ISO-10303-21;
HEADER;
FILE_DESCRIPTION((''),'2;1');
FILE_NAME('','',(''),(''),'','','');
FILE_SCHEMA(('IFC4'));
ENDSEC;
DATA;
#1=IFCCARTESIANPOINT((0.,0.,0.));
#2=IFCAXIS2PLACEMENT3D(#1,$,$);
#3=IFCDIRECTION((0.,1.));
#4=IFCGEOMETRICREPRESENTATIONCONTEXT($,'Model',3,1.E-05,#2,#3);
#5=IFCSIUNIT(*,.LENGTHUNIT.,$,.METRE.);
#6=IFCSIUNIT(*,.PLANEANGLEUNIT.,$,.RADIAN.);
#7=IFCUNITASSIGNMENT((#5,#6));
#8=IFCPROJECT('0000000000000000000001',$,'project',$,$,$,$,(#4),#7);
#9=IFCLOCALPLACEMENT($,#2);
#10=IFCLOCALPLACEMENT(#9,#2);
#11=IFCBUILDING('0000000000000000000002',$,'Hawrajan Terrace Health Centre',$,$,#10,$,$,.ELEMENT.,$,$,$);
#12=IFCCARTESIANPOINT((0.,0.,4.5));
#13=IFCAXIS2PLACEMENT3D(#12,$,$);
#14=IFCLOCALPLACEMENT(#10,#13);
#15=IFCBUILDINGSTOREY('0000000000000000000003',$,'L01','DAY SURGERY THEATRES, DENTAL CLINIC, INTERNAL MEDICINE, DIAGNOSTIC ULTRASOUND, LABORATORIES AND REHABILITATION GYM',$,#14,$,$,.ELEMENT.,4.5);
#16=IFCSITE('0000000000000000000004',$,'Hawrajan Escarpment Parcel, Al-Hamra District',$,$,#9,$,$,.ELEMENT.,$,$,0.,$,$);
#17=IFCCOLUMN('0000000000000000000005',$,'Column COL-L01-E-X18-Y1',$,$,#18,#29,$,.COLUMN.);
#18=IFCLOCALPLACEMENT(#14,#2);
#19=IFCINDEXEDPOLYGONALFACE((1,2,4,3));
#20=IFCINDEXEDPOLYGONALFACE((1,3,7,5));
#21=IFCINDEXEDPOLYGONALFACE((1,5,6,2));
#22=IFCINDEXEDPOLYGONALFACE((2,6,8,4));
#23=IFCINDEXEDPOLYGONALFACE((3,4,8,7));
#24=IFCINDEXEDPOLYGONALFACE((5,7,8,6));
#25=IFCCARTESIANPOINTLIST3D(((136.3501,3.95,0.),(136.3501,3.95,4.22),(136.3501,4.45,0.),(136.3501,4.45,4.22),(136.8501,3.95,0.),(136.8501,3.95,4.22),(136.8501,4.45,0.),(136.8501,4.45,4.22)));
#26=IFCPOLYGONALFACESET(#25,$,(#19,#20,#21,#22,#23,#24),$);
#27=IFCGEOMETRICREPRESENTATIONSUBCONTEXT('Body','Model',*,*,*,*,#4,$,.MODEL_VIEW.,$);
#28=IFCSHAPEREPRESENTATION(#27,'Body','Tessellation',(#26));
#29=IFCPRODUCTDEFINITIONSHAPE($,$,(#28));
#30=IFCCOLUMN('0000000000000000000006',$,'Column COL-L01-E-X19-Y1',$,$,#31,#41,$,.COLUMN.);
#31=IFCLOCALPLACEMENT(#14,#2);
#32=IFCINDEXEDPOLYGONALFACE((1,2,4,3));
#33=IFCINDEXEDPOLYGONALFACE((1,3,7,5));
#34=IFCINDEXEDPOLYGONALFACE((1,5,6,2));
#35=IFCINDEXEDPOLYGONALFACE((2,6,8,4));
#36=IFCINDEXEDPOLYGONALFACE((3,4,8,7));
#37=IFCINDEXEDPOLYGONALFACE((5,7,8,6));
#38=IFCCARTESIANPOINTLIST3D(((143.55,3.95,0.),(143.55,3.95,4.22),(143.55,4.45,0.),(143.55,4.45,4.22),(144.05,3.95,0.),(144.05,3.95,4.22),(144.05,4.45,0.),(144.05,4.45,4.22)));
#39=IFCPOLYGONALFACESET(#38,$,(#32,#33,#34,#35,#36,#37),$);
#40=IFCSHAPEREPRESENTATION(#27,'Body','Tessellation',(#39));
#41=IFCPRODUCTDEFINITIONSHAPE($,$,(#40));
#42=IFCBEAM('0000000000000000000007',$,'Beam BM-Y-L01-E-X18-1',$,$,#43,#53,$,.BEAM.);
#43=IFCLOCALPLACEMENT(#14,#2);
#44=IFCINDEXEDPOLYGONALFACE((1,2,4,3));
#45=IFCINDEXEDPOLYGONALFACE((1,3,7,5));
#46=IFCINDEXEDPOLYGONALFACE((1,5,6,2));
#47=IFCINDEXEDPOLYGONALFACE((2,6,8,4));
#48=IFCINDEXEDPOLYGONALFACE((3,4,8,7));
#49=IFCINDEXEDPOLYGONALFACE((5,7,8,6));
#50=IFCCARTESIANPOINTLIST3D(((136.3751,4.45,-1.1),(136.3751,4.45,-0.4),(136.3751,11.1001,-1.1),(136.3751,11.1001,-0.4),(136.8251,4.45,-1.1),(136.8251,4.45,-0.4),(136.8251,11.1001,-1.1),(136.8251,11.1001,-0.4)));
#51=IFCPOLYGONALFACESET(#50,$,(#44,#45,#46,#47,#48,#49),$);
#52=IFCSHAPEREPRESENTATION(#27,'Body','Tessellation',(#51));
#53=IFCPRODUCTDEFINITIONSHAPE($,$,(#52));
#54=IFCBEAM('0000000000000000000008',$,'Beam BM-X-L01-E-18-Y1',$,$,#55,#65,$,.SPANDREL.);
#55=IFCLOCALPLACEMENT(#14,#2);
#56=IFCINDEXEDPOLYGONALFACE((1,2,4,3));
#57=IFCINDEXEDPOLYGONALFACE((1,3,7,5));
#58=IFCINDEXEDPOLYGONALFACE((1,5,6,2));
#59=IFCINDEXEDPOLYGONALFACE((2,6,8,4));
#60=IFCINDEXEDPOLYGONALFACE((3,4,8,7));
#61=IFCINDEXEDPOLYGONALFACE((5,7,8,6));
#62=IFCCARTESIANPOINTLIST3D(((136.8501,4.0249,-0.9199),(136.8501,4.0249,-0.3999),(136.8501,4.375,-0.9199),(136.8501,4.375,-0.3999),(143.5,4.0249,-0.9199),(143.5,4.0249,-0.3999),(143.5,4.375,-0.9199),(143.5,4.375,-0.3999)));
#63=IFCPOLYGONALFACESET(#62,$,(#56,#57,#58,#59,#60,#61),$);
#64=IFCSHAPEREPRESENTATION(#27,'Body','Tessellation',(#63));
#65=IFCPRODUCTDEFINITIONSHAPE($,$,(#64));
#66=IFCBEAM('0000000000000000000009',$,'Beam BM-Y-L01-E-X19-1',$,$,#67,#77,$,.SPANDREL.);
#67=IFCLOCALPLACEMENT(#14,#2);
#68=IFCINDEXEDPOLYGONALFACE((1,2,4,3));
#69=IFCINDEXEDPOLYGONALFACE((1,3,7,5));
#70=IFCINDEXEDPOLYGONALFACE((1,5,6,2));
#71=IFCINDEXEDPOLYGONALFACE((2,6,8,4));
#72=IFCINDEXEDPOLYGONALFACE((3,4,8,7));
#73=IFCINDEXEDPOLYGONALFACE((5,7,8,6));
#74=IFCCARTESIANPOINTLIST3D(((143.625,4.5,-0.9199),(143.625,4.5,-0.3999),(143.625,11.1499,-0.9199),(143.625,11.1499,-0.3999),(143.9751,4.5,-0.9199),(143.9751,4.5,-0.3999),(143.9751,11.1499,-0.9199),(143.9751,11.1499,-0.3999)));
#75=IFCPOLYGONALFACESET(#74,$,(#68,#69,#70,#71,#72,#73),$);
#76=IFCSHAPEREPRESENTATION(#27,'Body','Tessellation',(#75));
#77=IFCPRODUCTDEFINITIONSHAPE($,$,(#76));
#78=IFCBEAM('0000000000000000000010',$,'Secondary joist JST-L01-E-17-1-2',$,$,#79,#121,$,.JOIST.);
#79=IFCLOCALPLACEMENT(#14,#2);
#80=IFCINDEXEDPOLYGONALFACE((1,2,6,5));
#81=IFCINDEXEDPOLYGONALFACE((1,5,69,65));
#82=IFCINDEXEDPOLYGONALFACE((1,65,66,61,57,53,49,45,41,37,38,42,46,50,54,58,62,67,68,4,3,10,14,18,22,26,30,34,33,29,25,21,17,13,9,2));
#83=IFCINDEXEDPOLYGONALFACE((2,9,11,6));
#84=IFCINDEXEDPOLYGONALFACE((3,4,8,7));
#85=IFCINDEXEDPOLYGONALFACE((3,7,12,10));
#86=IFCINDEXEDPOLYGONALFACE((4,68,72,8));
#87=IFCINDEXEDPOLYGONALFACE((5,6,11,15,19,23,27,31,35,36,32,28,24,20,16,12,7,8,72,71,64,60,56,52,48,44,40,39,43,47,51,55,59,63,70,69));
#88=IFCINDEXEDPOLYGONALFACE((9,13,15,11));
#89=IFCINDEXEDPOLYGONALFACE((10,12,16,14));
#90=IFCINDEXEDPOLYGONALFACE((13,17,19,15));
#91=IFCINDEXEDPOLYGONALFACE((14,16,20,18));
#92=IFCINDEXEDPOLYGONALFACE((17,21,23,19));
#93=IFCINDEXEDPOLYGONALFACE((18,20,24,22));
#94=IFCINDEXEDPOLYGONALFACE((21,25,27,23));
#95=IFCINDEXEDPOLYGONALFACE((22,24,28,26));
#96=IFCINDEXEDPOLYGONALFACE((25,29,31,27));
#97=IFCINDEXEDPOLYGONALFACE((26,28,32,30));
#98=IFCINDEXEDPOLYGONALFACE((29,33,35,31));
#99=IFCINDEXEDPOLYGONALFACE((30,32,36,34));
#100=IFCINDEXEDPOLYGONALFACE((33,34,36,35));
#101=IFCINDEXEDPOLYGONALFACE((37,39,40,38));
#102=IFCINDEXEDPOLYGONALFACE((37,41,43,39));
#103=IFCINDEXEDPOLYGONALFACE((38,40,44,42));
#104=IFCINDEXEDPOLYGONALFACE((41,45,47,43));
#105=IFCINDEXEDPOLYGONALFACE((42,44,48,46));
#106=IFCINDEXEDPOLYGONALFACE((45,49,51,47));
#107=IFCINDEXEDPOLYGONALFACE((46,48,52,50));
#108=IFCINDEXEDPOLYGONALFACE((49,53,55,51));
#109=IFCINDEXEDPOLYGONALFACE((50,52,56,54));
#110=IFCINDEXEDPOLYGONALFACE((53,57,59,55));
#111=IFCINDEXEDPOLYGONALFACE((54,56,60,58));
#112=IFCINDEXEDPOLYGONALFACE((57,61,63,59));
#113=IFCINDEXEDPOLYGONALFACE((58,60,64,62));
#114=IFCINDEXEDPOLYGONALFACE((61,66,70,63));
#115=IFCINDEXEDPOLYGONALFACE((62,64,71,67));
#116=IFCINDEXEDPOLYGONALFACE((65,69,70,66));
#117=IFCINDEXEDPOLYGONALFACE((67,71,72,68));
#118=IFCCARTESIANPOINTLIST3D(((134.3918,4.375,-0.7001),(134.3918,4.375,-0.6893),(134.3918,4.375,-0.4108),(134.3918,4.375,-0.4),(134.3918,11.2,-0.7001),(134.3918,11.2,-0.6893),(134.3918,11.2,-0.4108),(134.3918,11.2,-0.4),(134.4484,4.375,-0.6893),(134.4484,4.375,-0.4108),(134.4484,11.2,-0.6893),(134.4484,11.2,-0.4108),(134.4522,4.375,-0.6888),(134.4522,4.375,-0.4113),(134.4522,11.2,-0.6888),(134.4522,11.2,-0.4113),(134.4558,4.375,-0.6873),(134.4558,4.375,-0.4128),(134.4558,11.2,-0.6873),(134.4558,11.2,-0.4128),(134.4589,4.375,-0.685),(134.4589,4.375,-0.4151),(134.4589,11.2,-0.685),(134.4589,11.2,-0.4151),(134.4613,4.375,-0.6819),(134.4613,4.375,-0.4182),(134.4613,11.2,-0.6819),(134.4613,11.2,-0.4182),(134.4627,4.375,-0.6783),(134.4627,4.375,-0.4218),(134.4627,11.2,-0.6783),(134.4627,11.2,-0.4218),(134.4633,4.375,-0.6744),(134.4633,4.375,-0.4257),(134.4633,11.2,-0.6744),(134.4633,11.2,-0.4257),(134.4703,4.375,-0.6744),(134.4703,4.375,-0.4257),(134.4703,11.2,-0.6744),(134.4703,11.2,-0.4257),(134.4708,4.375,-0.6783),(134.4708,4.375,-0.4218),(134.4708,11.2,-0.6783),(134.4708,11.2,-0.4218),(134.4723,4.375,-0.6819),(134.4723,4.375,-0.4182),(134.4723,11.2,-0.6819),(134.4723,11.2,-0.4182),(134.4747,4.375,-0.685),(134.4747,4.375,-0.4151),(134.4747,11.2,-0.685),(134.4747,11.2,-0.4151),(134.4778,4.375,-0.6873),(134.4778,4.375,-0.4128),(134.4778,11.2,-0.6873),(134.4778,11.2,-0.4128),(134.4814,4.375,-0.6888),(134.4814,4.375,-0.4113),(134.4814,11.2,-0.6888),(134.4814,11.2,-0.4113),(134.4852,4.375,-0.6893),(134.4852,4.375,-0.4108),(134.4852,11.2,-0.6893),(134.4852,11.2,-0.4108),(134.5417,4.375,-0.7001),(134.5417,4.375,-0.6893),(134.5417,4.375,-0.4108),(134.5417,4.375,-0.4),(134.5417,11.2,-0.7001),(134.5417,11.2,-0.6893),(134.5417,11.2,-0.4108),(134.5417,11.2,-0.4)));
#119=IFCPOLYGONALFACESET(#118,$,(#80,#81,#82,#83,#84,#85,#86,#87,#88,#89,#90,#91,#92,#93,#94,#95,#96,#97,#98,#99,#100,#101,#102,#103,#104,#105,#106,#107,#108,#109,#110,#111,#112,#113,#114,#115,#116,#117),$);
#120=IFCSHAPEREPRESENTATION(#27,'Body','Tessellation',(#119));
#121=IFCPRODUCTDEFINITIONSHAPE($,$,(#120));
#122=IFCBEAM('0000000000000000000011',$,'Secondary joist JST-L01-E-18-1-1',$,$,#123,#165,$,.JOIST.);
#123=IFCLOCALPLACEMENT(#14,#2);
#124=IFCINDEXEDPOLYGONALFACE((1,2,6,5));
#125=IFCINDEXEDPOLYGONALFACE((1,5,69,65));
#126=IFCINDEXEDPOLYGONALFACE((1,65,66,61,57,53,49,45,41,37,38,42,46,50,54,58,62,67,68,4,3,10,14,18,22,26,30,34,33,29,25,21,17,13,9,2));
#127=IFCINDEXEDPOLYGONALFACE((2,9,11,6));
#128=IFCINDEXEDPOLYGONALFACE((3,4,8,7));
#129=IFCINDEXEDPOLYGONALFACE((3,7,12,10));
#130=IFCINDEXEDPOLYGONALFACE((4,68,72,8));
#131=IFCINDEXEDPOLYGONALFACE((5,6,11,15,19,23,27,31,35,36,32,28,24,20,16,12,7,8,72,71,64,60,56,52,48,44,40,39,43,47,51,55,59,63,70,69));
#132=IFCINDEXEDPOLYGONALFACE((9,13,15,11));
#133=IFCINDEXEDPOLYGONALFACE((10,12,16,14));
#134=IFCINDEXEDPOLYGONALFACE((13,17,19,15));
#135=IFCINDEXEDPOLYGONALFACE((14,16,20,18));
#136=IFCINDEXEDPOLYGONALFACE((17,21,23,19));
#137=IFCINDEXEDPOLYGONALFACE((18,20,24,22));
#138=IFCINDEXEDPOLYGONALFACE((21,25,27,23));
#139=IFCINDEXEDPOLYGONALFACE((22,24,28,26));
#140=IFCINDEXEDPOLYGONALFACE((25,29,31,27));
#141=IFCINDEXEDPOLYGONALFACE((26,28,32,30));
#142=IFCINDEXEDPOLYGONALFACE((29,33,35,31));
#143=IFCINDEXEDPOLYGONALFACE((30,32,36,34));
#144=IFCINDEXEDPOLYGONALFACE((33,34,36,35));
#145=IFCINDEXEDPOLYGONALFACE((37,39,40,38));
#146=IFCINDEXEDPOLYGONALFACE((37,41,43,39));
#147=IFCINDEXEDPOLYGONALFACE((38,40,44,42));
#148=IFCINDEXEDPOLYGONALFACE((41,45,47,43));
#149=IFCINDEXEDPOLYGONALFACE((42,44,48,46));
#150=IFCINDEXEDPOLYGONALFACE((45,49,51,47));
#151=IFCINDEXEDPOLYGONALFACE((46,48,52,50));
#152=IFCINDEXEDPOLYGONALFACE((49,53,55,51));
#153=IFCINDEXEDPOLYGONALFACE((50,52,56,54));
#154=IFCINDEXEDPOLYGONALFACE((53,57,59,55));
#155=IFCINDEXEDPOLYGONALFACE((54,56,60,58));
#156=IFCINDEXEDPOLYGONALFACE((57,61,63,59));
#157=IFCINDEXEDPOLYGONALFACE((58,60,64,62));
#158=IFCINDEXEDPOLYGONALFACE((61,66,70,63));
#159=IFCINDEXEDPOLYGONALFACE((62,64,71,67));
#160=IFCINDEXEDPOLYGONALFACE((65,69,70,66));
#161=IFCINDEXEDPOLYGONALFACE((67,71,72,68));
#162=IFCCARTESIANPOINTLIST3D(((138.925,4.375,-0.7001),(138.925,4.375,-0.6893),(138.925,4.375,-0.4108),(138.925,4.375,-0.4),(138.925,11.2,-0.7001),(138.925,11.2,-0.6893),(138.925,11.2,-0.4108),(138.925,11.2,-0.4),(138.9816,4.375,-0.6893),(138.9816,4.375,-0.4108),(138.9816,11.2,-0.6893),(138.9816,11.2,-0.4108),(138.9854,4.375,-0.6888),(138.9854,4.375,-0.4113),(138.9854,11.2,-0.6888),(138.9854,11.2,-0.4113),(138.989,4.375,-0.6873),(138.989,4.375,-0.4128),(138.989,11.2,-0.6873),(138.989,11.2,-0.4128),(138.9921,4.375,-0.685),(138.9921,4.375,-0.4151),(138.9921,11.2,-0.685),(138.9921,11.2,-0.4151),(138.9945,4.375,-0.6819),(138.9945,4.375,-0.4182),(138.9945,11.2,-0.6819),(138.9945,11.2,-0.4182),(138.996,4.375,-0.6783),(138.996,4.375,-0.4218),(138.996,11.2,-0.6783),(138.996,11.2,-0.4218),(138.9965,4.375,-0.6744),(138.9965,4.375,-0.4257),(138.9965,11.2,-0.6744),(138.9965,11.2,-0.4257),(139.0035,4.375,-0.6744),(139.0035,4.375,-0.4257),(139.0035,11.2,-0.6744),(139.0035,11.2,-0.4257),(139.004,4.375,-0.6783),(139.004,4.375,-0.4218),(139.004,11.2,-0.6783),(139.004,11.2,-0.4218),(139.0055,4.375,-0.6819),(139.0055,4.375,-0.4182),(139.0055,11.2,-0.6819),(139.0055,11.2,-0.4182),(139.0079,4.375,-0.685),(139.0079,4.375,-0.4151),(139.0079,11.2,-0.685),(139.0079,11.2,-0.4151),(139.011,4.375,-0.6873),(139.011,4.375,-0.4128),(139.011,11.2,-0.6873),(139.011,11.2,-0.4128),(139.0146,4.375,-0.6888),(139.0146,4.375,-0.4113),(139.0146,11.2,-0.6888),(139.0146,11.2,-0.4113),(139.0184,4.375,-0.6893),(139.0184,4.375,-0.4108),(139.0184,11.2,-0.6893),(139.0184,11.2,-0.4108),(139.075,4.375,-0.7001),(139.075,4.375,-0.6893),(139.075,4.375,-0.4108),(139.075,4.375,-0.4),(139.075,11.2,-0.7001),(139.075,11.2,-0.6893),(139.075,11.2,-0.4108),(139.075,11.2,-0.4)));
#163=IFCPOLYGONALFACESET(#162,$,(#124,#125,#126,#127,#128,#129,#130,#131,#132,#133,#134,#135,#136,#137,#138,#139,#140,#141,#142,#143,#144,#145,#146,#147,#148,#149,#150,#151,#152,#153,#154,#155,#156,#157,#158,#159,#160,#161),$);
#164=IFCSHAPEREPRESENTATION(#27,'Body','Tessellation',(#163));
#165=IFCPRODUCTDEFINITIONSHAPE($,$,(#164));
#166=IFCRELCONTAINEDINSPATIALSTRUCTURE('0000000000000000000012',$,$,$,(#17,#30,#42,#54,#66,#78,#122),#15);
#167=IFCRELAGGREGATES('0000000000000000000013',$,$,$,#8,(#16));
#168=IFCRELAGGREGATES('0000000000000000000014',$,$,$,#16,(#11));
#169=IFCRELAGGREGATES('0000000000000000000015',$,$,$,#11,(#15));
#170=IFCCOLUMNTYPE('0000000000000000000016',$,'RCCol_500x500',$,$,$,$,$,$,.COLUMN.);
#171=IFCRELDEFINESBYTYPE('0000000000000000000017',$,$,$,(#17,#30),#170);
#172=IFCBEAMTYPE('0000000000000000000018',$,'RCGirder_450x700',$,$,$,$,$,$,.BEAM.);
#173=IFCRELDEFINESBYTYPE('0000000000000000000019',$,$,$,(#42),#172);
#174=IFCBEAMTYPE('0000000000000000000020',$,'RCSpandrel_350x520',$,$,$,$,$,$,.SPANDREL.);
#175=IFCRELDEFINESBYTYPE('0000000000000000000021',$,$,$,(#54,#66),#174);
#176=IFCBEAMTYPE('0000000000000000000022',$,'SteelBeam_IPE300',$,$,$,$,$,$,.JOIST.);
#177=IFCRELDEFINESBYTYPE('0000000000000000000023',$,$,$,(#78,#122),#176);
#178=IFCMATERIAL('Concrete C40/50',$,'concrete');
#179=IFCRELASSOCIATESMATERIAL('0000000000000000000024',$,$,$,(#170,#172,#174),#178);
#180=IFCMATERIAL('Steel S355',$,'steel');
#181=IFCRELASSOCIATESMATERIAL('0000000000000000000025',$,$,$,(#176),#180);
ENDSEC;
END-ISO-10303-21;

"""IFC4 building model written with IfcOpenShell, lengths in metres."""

from ifc_helpers import new_model, si_unit, direction, frame, origin, origin_2d, place, context, subcontext, project, spatial, rectangle, i_section, extrude, material, material_profile, profile_set, type_object, element, save


model = new_model("IFC4")

# Units and contexts
model_context = context("Model", 3, precision=1e-05, world=origin(), true_north=direction((0.0, 1.0)))
body_context = subcontext(model_context, "Body", "Model", "MODEL_VIEW")
ifc_project = project(units=[si_unit("LENGTHUNIT", "METRE"), si_unit("PLANEANGLEUNIT", "RADIAN")], contexts=[model_context])

# Site, building, storey
site_placement = place(None, origin())
site = spatial("IfcSite", under=ifc_project, at=site_placement, Name="Hawrajan Escarpment Parcel, Al-Hamra District", CompositionType="ELEMENT", RefElevation=0.0)
building_placement = place(site_placement, origin())
building = spatial("IfcBuilding", under=site, at=building_placement, Name="Hawrajan Terrace Health Centre", CompositionType="ELEMENT")
storey_placement = place(building_placement, frame((0.0, 0.0, 4.5)))
storey = spatial("IfcBuildingStorey", under=building, at=storey_placement, Name="L01", Description="DAY SURGERY THEATRES, DENTAL CLINIC, INTERNAL MEDICINE, DIAGNOSTIC ULTRASOUND, LABORATORIES AND REHABILITATION GYM", CompositionType="ELEMENT", Elevation=4.5)

# Columns
ifc_material_1 = material(Name="Concrete C40/50", Category="concrete")
ifc_material_profile_1 = material_profile(ifc_material_1, rectangle(XDim=0.5, YDim=0.5, at=origin_2d()), Name="RC 500x500")
ifc_profile_set_1 = profile_set([ifc_material_profile_1], Name="Concrete C40/50")
column_type = type_object("IfcColumnType", Name="RCCol_500x500", PredefinedType="COLUMN", material=ifc_profile_set_1)
for number, where, z_axis, x_axis, name in (
    (1, (136.6001, 4.2, 0.0), (0.0, 0.0, 1.0), (1.0, 0.0, 0.0), "Column COL-L01-E-X18-Y1"),
    (2, (143.8, 4.2, 0.0), (0.0, 0.0, 1.0), (1.0, 0.0, 0.0), "Column COL-L01-E-X19-Y1"),
):
    element("IfcColumn", number, at=place(storey_placement, frame(where, z_axis=z_axis, x_axis=x_axis)), inside=storey, type_object=column_type, Name=name, PredefinedType="COLUMN", context=body_context, shape_type="SweptSolid", body=[
        extrude(rectangle(XDim=0.5, YDim=0.5, at=origin_2d()), origin(), (0.0, 0.0, 1.0), 4.22),
    ])

# Beams
ifc_material_profile_2 = material_profile(ifc_material_1, rectangle(XDim=0.45, YDim=0.7, at=origin_2d()), Name="RC BM 450x700")
ifc_profile_set_2 = profile_set([ifc_material_profile_2], Name="Concrete C40/50")
beam_type_1 = type_object("IfcBeamType", Name="RCGirder_450x700", PredefinedType="BEAM", material=ifc_profile_set_2)
beam_placement = place(storey_placement, frame((136.6001, 4.45, -0.75), z_axis=(0.0, 1.0, 0.0), x_axis=(-1.0, 0.0, 0.0)))
element("IfcBeam", 3, at=beam_placement, inside=storey, type_object=beam_type_1, Name="Beam BM-Y-L01-E-X18-1", PredefinedType="BEAM", context=body_context, shape_type="SweptSolid", body=[
    extrude(rectangle(XDim=0.45, YDim=0.7, at=origin_2d()), origin(), (0.0, 0.0, 1.0), 6.6501),
])
ifc_material_profile_3 = material_profile(ifc_material_1, rectangle(XDim=0.3501, YDim=0.52, at=origin_2d()), Name="RC SP 350x520")
ifc_profile_set_3 = profile_set([ifc_material_profile_3], Name="Concrete C40/50")
beam_type_2 = type_object("IfcBeamType", Name="RCSpandrel_350x520", PredefinedType="SPANDREL", material=ifc_profile_set_3)
for number, where, z_axis, x_axis, name in (
    (4, (136.8501, 4.2, -0.6599), (1.0, 0.0, 0.0), (0.0, 1.0, 0.0), "Beam BM-X-L01-E-18-Y1"),
    (5, (143.8, 4.5, -0.6599), (0.0, 1.0, 0.0), (-1.0, 0.0, 0.0), "Beam BM-Y-L01-E-X19-1"),
):
    element("IfcBeam", number, at=place(storey_placement, frame(where, z_axis=z_axis, x_axis=x_axis)), inside=storey, type_object=beam_type_2, Name=name, PredefinedType="SPANDREL", context=body_context, shape_type="SweptSolid", body=[
        extrude(rectangle(XDim=0.3501, YDim=0.52, at=origin_2d()), origin(), (0.0, 0.0, 1.0), 6.6499),
    ])
ifc_material_2 = material(Name="Steel S355", Category="steel")
ifc_material_profile_4 = material_profile(ifc_material_2, i_section(OverallWidth=0.1499, OverallDepth=0.3, WebThickness=0.0071, FlangeThickness=0.0107, FilletRadius=0.0149, at=origin_2d()), Name="IPE 300")
ifc_profile_set_4 = profile_set([ifc_material_profile_4], Name="Steel S355")
beam_type_3 = type_object("IfcBeamType", Name="SteelBeam_IPE300", PredefinedType="JOIST", material=ifc_profile_set_4)
for number, where, z_axis, x_axis, name in (
    (6, (134.4668, 4.375, -0.55), (0.0, 1.0, 0.0), (-1.0, 0.0, 0.0), "Secondary joist JST-L01-E-17-1-2"),
    (7, (139.0, 4.375, -0.55), (0.0, 1.0, 0.0), (-1.0, 0.0, 0.0), "Secondary joist JST-L01-E-18-1-1"),
):
    element("IfcBeam", number, at=place(storey_placement, frame(where, z_axis=z_axis, x_axis=x_axis)), inside=storey, type_object=beam_type_3, Name=name, PredefinedType="JOIST", context=body_context, shape_type="SweptSolid", body=[
        extrude(i_section(OverallWidth=0.1499, OverallDepth=0.3, WebThickness=0.0071, FlangeThickness=0.0107, FilletRadius=0.0149, at=origin_2d()), origin(), (0.0, 0.0, 1.0), 6.825),
    ])

save(model, "model.ifc")
